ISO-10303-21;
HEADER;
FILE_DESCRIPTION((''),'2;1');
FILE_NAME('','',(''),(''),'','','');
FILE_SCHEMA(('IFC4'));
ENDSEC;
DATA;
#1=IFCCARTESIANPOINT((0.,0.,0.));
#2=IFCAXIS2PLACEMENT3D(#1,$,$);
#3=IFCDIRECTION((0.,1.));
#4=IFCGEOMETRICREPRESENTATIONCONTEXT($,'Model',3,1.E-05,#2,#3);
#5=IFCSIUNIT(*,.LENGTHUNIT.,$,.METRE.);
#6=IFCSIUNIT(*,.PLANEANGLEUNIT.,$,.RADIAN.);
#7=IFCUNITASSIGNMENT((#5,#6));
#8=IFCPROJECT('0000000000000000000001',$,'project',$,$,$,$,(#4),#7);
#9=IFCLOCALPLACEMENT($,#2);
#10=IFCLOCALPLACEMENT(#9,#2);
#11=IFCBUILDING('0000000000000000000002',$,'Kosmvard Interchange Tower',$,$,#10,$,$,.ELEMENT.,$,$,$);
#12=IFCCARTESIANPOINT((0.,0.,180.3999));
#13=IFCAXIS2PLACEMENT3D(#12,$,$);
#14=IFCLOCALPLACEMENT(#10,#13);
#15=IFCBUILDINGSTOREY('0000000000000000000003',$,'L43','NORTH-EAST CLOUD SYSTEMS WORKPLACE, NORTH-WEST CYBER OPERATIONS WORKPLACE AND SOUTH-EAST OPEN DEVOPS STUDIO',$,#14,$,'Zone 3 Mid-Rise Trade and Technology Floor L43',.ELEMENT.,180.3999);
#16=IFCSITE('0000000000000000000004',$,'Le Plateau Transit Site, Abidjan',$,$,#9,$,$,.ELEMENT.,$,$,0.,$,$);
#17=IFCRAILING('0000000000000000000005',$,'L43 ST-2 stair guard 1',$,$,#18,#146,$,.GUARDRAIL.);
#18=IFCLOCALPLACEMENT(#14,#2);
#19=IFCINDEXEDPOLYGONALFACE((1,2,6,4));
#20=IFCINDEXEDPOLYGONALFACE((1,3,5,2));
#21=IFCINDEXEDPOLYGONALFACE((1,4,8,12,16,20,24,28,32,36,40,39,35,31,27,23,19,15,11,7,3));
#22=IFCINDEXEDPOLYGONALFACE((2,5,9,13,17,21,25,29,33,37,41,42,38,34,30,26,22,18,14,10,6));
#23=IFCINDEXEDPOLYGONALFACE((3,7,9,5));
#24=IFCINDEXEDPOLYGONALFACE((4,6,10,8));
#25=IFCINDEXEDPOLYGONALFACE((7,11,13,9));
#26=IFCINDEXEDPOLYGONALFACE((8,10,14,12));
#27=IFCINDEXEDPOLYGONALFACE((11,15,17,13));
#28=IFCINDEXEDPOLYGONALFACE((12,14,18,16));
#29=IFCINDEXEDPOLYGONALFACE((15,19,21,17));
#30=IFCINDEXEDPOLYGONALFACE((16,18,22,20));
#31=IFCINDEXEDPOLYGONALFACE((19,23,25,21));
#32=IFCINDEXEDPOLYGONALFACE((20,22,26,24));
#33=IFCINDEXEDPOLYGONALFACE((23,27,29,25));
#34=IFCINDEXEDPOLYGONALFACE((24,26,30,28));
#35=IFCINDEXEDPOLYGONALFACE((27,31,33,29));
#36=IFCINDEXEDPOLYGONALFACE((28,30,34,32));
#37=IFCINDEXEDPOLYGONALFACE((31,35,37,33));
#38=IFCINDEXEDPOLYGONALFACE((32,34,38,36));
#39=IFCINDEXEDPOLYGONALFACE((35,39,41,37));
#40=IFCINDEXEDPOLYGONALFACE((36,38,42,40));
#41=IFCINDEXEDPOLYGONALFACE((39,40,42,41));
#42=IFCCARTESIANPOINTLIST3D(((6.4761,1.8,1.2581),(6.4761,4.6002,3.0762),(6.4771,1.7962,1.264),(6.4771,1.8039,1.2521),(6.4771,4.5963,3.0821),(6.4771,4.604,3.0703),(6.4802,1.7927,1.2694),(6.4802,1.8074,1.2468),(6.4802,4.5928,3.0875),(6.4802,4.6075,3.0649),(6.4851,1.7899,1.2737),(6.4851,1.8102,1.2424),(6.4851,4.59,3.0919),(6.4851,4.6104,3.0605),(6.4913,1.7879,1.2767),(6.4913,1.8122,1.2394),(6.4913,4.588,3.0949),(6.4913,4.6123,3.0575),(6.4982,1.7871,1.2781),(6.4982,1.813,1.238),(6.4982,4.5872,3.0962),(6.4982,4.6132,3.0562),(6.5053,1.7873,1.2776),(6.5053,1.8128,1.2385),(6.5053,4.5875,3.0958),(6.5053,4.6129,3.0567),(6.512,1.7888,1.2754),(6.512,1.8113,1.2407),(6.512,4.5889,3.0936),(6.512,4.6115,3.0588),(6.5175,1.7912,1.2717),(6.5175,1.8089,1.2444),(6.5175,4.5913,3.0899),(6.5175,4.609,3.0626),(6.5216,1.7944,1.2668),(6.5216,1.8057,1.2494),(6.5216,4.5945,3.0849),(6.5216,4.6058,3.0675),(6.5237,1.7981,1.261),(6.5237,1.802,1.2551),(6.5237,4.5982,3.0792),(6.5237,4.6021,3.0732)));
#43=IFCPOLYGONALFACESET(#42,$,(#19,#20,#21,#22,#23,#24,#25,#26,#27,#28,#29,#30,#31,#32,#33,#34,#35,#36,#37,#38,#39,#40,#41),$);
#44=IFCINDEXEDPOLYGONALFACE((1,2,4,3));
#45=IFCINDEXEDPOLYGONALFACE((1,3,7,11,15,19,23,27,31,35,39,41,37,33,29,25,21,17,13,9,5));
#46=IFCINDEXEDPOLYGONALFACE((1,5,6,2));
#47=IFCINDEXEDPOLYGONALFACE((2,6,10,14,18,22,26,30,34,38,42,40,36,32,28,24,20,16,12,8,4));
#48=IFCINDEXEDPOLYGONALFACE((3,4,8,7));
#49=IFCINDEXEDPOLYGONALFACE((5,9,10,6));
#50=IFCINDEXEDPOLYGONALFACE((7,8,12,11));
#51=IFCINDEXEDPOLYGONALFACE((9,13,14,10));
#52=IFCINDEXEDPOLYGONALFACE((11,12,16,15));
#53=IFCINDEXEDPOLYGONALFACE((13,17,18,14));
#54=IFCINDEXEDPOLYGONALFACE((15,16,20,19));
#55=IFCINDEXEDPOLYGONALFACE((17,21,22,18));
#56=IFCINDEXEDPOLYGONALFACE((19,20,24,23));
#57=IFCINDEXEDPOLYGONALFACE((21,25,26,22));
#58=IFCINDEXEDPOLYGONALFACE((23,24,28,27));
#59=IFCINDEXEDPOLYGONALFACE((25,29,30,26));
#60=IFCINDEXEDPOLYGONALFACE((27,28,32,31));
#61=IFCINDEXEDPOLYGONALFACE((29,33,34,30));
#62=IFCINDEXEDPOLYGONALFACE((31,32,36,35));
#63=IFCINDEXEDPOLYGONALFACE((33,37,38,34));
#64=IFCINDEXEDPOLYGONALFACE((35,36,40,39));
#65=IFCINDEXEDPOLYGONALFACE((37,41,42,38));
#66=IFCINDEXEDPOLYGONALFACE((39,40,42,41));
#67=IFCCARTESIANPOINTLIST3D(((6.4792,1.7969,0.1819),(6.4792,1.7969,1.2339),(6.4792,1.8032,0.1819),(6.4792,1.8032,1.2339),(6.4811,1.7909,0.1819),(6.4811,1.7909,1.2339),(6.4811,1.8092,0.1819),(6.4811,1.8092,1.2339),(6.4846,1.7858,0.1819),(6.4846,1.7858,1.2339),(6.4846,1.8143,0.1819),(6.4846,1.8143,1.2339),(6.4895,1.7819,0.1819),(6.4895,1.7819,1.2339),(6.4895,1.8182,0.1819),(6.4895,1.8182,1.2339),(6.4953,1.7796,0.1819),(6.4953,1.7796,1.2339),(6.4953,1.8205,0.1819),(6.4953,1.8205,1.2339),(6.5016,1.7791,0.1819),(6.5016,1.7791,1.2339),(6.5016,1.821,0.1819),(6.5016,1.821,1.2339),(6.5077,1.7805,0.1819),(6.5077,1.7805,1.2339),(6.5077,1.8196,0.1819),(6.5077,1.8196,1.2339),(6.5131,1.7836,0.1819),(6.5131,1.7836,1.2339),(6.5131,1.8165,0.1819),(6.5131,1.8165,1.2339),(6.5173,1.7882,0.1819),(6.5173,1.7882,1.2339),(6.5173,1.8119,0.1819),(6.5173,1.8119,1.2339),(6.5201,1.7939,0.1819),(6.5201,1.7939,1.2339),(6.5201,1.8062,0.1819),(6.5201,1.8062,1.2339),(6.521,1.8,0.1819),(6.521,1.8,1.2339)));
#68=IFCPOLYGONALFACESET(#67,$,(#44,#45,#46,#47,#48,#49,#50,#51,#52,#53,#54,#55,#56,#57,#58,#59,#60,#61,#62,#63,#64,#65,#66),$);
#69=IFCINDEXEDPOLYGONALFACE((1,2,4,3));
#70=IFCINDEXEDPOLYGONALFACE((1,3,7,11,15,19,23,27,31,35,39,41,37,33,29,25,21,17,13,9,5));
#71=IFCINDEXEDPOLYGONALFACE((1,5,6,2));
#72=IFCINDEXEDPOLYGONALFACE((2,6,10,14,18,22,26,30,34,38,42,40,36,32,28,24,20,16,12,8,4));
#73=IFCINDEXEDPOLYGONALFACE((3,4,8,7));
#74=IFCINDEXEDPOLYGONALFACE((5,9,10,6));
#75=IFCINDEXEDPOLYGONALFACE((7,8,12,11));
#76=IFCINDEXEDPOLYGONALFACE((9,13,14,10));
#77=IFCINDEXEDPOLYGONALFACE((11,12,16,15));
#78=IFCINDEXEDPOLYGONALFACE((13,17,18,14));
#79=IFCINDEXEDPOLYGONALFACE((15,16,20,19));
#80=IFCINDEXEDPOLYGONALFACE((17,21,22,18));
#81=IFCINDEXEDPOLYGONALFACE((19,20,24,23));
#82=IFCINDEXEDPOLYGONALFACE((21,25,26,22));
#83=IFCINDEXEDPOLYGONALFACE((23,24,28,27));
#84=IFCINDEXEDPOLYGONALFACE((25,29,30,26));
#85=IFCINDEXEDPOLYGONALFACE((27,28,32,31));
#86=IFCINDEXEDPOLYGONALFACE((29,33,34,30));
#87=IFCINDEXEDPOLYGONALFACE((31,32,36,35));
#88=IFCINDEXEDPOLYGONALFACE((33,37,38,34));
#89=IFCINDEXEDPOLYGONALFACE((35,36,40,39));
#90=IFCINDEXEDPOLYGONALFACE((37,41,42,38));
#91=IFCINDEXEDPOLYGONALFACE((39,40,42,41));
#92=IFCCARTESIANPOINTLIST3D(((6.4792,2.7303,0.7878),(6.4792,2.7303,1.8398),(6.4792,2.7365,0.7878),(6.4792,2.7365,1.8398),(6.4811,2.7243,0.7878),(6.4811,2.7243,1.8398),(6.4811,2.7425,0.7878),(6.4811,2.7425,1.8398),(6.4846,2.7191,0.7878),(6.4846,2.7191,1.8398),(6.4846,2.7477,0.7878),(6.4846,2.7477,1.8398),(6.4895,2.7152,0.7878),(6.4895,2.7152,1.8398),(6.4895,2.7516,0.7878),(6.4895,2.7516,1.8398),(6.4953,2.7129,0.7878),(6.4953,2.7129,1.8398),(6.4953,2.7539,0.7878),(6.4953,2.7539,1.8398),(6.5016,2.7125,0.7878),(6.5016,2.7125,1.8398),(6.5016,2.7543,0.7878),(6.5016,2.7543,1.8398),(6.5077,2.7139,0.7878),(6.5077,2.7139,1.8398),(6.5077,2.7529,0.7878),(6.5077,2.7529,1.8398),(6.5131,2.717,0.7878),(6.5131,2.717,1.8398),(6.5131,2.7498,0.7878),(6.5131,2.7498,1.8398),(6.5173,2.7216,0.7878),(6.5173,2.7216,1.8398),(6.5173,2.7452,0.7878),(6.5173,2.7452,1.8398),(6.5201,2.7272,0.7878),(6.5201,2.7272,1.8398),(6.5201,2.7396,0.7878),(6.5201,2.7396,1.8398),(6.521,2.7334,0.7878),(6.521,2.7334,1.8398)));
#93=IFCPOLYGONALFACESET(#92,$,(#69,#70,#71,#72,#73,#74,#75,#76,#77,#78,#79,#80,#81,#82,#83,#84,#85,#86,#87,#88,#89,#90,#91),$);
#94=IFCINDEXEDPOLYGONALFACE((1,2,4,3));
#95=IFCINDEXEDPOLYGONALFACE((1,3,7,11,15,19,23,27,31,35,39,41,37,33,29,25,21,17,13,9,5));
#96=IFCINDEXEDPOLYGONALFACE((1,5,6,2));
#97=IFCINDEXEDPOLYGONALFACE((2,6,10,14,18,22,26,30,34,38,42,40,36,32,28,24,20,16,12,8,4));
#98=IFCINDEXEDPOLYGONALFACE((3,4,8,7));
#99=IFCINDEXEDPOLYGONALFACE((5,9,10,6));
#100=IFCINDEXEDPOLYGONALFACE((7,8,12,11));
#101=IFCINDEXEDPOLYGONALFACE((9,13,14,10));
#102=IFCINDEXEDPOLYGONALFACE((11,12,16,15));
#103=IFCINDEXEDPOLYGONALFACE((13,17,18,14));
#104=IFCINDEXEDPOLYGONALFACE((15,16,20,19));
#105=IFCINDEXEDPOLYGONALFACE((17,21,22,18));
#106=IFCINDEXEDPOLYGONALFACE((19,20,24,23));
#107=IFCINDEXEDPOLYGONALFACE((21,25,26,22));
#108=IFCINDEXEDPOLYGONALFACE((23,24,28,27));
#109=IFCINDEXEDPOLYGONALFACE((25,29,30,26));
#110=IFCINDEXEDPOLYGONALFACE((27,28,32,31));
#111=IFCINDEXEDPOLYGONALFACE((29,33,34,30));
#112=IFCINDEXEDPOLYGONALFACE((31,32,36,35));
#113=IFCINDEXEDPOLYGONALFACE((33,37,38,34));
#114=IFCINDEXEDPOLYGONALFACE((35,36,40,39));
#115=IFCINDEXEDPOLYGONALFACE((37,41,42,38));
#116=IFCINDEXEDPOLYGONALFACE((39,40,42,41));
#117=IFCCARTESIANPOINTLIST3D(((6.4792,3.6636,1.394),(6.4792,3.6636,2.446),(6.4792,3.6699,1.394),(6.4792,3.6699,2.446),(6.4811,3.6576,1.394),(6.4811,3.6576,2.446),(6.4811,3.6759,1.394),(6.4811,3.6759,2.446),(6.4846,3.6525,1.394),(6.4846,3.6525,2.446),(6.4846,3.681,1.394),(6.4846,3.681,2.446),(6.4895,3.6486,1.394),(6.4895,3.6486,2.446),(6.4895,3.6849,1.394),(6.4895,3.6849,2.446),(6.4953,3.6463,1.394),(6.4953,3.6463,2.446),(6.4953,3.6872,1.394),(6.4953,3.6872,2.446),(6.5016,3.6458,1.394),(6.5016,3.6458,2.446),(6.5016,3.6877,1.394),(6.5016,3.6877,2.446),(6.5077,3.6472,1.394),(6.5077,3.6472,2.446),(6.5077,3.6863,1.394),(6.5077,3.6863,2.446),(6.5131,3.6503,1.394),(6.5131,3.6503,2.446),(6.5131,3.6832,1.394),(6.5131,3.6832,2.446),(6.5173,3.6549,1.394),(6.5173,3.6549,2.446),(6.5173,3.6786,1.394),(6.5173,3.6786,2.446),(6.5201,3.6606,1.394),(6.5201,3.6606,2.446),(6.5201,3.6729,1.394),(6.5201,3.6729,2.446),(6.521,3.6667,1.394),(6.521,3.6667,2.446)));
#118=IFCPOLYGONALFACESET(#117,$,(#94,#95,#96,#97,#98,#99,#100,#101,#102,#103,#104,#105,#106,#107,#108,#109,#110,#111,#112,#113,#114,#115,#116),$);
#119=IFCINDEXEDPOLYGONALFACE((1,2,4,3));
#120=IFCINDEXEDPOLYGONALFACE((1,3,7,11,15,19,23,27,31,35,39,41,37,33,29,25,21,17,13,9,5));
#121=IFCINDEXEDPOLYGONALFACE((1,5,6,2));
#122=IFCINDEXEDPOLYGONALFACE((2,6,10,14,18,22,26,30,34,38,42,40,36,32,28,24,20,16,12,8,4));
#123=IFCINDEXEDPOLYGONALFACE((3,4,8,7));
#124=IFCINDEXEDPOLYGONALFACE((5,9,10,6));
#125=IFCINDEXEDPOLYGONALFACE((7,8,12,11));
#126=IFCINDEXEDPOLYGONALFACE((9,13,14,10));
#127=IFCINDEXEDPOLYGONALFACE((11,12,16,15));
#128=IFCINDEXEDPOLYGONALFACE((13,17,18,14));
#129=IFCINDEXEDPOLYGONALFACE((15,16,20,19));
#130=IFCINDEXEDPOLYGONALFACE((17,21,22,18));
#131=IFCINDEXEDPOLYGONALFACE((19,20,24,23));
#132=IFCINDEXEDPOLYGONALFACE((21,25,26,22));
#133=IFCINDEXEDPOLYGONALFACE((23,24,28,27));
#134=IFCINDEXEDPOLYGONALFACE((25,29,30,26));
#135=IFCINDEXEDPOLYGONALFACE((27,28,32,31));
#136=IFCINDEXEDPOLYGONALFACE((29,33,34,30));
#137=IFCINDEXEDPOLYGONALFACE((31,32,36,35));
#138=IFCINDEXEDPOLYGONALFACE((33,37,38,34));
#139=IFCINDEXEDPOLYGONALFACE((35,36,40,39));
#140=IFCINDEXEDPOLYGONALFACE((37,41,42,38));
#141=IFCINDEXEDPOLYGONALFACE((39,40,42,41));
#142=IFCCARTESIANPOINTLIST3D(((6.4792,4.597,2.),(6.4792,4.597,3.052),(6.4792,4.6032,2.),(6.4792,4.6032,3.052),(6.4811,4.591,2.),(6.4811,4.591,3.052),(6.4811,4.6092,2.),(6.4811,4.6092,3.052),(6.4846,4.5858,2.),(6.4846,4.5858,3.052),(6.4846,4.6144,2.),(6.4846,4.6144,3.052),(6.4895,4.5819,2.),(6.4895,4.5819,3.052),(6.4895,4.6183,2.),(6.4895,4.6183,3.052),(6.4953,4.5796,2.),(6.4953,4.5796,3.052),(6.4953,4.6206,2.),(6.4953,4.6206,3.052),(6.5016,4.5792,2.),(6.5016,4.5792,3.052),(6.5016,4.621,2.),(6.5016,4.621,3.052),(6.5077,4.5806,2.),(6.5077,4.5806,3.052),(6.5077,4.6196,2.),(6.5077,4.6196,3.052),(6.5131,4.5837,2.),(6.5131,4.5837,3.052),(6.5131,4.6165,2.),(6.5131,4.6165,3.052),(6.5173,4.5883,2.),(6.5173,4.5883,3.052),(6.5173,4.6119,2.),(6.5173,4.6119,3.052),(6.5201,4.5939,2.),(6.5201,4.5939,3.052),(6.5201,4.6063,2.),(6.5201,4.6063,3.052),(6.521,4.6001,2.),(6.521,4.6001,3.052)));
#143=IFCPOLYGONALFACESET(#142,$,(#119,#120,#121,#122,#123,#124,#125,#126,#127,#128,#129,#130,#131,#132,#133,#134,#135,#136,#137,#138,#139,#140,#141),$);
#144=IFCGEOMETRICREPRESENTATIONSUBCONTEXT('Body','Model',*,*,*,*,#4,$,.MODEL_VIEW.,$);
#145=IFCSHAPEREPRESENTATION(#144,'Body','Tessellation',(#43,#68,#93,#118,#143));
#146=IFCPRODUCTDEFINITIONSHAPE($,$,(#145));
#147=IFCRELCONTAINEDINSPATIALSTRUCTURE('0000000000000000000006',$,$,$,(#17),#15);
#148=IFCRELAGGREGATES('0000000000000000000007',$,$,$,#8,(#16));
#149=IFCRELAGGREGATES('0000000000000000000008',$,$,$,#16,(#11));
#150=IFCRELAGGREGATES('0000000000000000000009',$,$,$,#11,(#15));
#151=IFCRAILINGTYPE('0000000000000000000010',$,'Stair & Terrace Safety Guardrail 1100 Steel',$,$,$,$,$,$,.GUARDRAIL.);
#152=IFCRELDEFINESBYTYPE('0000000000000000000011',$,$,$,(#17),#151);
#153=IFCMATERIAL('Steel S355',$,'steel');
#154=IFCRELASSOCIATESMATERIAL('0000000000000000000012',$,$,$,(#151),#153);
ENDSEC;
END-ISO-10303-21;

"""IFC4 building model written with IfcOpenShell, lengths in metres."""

from ifc_helpers import new_model, si_unit, direction, frame, origin, origin_2d, place, context, subcontext, project, spatial, circle, extrude, source, transform, mapped, material, type_object, element, save


model = new_model("IFC4")

# Units and contexts
model_context = context("Model", 3, precision=1e-05, world=origin(), true_north=direction((0.0, 1.0)))
body_context = subcontext(model_context, "Body", "Model", "MODEL_VIEW")
ifc_project = project(units=[si_unit("LENGTHUNIT", "METRE"), si_unit("PLANEANGLEUNIT", "RADIAN")], contexts=[model_context])

# Site, building, storey
site_placement = place(None, origin())
site = spatial("IfcSite", under=ifc_project, at=site_placement, Name="Le Plateau Transit Site, Abidjan", CompositionType="ELEMENT", RefElevation=0.0)
building_placement = place(site_placement, origin())
building = spatial("IfcBuilding", under=site, at=building_placement, Name="Kosmvard Interchange Tower", CompositionType="ELEMENT")
storey_placement = place(building_placement, frame((0.0, 0.0, 180.3999)))
storey = spatial("IfcBuildingStorey", under=building, at=storey_placement, Name="L43", Description="NORTH-EAST CLOUD SYSTEMS WORKPLACE, NORTH-WEST CYBER OPERATIONS WORKPLACE AND SOUTH-EAST OPEN DEVOPS STUDIO", LongName="Zone 3 Mid-Rise Trade and Technology Floor L43", CompositionType="ELEMENT", Elevation=180.3999)

# Shared definitions
ifc_material_1 = material(Name="Steel S355", Category="steel")

# Railing
railing_type_1 = type_object("IfcRailingType", Name="Stair & Terrace Safety Guardrail 1100 Steel", PredefinedType="GUARDRAIL", material=ifc_material_1)
shared_shape_1 = source(origin(), body_context, "Body", "SweptSolid", [
    extrude(circle(Radius=0.0239, at=origin_2d()), frame((0.0, 0.0, 1.0762), z_axis=(0.0, 0.838706, 0.544585), x_axis=(-1.0, 0.0, 0.0)), (0.0, 0.0, 1.0), 3.3386),
    extrude(circle(Radius=0.021, at=origin_2d()), origin(), (0.0, 0.0, 1.0), 1.052),
    extrude(circle(Radius=0.021, at=origin_2d()), frame((0.0, 0.9333, 0.606)), (0.0, 0.0, 1.0), 1.052),
    extrude(circle(Radius=0.021, at=origin_2d()), frame((0.0, 1.8667, 1.2122)), (0.0, 0.0, 1.0), 1.052),
    extrude(circle(Radius=0.021, at=origin_2d()), frame((0.0, 2.8, 1.8181)), (0.0, 0.0, 1.0), 1.052),
])
railing_1_placement = place(storey_placement, frame((6.5, 1.8, 0.1819)))
element("IfcRailing", 1, at=railing_1_placement, inside=storey, type_object=railing_type_1, Name="L43 ST-2 stair guard 1", PredefinedType="GUARDRAIL", context=body_context, shape_type="MappedRepresentation", body=[
    mapped(shared_shape_1, transform((0.0, 0.0, 0.0), scale=1.0)),
])

save(model, "model.ifc")
